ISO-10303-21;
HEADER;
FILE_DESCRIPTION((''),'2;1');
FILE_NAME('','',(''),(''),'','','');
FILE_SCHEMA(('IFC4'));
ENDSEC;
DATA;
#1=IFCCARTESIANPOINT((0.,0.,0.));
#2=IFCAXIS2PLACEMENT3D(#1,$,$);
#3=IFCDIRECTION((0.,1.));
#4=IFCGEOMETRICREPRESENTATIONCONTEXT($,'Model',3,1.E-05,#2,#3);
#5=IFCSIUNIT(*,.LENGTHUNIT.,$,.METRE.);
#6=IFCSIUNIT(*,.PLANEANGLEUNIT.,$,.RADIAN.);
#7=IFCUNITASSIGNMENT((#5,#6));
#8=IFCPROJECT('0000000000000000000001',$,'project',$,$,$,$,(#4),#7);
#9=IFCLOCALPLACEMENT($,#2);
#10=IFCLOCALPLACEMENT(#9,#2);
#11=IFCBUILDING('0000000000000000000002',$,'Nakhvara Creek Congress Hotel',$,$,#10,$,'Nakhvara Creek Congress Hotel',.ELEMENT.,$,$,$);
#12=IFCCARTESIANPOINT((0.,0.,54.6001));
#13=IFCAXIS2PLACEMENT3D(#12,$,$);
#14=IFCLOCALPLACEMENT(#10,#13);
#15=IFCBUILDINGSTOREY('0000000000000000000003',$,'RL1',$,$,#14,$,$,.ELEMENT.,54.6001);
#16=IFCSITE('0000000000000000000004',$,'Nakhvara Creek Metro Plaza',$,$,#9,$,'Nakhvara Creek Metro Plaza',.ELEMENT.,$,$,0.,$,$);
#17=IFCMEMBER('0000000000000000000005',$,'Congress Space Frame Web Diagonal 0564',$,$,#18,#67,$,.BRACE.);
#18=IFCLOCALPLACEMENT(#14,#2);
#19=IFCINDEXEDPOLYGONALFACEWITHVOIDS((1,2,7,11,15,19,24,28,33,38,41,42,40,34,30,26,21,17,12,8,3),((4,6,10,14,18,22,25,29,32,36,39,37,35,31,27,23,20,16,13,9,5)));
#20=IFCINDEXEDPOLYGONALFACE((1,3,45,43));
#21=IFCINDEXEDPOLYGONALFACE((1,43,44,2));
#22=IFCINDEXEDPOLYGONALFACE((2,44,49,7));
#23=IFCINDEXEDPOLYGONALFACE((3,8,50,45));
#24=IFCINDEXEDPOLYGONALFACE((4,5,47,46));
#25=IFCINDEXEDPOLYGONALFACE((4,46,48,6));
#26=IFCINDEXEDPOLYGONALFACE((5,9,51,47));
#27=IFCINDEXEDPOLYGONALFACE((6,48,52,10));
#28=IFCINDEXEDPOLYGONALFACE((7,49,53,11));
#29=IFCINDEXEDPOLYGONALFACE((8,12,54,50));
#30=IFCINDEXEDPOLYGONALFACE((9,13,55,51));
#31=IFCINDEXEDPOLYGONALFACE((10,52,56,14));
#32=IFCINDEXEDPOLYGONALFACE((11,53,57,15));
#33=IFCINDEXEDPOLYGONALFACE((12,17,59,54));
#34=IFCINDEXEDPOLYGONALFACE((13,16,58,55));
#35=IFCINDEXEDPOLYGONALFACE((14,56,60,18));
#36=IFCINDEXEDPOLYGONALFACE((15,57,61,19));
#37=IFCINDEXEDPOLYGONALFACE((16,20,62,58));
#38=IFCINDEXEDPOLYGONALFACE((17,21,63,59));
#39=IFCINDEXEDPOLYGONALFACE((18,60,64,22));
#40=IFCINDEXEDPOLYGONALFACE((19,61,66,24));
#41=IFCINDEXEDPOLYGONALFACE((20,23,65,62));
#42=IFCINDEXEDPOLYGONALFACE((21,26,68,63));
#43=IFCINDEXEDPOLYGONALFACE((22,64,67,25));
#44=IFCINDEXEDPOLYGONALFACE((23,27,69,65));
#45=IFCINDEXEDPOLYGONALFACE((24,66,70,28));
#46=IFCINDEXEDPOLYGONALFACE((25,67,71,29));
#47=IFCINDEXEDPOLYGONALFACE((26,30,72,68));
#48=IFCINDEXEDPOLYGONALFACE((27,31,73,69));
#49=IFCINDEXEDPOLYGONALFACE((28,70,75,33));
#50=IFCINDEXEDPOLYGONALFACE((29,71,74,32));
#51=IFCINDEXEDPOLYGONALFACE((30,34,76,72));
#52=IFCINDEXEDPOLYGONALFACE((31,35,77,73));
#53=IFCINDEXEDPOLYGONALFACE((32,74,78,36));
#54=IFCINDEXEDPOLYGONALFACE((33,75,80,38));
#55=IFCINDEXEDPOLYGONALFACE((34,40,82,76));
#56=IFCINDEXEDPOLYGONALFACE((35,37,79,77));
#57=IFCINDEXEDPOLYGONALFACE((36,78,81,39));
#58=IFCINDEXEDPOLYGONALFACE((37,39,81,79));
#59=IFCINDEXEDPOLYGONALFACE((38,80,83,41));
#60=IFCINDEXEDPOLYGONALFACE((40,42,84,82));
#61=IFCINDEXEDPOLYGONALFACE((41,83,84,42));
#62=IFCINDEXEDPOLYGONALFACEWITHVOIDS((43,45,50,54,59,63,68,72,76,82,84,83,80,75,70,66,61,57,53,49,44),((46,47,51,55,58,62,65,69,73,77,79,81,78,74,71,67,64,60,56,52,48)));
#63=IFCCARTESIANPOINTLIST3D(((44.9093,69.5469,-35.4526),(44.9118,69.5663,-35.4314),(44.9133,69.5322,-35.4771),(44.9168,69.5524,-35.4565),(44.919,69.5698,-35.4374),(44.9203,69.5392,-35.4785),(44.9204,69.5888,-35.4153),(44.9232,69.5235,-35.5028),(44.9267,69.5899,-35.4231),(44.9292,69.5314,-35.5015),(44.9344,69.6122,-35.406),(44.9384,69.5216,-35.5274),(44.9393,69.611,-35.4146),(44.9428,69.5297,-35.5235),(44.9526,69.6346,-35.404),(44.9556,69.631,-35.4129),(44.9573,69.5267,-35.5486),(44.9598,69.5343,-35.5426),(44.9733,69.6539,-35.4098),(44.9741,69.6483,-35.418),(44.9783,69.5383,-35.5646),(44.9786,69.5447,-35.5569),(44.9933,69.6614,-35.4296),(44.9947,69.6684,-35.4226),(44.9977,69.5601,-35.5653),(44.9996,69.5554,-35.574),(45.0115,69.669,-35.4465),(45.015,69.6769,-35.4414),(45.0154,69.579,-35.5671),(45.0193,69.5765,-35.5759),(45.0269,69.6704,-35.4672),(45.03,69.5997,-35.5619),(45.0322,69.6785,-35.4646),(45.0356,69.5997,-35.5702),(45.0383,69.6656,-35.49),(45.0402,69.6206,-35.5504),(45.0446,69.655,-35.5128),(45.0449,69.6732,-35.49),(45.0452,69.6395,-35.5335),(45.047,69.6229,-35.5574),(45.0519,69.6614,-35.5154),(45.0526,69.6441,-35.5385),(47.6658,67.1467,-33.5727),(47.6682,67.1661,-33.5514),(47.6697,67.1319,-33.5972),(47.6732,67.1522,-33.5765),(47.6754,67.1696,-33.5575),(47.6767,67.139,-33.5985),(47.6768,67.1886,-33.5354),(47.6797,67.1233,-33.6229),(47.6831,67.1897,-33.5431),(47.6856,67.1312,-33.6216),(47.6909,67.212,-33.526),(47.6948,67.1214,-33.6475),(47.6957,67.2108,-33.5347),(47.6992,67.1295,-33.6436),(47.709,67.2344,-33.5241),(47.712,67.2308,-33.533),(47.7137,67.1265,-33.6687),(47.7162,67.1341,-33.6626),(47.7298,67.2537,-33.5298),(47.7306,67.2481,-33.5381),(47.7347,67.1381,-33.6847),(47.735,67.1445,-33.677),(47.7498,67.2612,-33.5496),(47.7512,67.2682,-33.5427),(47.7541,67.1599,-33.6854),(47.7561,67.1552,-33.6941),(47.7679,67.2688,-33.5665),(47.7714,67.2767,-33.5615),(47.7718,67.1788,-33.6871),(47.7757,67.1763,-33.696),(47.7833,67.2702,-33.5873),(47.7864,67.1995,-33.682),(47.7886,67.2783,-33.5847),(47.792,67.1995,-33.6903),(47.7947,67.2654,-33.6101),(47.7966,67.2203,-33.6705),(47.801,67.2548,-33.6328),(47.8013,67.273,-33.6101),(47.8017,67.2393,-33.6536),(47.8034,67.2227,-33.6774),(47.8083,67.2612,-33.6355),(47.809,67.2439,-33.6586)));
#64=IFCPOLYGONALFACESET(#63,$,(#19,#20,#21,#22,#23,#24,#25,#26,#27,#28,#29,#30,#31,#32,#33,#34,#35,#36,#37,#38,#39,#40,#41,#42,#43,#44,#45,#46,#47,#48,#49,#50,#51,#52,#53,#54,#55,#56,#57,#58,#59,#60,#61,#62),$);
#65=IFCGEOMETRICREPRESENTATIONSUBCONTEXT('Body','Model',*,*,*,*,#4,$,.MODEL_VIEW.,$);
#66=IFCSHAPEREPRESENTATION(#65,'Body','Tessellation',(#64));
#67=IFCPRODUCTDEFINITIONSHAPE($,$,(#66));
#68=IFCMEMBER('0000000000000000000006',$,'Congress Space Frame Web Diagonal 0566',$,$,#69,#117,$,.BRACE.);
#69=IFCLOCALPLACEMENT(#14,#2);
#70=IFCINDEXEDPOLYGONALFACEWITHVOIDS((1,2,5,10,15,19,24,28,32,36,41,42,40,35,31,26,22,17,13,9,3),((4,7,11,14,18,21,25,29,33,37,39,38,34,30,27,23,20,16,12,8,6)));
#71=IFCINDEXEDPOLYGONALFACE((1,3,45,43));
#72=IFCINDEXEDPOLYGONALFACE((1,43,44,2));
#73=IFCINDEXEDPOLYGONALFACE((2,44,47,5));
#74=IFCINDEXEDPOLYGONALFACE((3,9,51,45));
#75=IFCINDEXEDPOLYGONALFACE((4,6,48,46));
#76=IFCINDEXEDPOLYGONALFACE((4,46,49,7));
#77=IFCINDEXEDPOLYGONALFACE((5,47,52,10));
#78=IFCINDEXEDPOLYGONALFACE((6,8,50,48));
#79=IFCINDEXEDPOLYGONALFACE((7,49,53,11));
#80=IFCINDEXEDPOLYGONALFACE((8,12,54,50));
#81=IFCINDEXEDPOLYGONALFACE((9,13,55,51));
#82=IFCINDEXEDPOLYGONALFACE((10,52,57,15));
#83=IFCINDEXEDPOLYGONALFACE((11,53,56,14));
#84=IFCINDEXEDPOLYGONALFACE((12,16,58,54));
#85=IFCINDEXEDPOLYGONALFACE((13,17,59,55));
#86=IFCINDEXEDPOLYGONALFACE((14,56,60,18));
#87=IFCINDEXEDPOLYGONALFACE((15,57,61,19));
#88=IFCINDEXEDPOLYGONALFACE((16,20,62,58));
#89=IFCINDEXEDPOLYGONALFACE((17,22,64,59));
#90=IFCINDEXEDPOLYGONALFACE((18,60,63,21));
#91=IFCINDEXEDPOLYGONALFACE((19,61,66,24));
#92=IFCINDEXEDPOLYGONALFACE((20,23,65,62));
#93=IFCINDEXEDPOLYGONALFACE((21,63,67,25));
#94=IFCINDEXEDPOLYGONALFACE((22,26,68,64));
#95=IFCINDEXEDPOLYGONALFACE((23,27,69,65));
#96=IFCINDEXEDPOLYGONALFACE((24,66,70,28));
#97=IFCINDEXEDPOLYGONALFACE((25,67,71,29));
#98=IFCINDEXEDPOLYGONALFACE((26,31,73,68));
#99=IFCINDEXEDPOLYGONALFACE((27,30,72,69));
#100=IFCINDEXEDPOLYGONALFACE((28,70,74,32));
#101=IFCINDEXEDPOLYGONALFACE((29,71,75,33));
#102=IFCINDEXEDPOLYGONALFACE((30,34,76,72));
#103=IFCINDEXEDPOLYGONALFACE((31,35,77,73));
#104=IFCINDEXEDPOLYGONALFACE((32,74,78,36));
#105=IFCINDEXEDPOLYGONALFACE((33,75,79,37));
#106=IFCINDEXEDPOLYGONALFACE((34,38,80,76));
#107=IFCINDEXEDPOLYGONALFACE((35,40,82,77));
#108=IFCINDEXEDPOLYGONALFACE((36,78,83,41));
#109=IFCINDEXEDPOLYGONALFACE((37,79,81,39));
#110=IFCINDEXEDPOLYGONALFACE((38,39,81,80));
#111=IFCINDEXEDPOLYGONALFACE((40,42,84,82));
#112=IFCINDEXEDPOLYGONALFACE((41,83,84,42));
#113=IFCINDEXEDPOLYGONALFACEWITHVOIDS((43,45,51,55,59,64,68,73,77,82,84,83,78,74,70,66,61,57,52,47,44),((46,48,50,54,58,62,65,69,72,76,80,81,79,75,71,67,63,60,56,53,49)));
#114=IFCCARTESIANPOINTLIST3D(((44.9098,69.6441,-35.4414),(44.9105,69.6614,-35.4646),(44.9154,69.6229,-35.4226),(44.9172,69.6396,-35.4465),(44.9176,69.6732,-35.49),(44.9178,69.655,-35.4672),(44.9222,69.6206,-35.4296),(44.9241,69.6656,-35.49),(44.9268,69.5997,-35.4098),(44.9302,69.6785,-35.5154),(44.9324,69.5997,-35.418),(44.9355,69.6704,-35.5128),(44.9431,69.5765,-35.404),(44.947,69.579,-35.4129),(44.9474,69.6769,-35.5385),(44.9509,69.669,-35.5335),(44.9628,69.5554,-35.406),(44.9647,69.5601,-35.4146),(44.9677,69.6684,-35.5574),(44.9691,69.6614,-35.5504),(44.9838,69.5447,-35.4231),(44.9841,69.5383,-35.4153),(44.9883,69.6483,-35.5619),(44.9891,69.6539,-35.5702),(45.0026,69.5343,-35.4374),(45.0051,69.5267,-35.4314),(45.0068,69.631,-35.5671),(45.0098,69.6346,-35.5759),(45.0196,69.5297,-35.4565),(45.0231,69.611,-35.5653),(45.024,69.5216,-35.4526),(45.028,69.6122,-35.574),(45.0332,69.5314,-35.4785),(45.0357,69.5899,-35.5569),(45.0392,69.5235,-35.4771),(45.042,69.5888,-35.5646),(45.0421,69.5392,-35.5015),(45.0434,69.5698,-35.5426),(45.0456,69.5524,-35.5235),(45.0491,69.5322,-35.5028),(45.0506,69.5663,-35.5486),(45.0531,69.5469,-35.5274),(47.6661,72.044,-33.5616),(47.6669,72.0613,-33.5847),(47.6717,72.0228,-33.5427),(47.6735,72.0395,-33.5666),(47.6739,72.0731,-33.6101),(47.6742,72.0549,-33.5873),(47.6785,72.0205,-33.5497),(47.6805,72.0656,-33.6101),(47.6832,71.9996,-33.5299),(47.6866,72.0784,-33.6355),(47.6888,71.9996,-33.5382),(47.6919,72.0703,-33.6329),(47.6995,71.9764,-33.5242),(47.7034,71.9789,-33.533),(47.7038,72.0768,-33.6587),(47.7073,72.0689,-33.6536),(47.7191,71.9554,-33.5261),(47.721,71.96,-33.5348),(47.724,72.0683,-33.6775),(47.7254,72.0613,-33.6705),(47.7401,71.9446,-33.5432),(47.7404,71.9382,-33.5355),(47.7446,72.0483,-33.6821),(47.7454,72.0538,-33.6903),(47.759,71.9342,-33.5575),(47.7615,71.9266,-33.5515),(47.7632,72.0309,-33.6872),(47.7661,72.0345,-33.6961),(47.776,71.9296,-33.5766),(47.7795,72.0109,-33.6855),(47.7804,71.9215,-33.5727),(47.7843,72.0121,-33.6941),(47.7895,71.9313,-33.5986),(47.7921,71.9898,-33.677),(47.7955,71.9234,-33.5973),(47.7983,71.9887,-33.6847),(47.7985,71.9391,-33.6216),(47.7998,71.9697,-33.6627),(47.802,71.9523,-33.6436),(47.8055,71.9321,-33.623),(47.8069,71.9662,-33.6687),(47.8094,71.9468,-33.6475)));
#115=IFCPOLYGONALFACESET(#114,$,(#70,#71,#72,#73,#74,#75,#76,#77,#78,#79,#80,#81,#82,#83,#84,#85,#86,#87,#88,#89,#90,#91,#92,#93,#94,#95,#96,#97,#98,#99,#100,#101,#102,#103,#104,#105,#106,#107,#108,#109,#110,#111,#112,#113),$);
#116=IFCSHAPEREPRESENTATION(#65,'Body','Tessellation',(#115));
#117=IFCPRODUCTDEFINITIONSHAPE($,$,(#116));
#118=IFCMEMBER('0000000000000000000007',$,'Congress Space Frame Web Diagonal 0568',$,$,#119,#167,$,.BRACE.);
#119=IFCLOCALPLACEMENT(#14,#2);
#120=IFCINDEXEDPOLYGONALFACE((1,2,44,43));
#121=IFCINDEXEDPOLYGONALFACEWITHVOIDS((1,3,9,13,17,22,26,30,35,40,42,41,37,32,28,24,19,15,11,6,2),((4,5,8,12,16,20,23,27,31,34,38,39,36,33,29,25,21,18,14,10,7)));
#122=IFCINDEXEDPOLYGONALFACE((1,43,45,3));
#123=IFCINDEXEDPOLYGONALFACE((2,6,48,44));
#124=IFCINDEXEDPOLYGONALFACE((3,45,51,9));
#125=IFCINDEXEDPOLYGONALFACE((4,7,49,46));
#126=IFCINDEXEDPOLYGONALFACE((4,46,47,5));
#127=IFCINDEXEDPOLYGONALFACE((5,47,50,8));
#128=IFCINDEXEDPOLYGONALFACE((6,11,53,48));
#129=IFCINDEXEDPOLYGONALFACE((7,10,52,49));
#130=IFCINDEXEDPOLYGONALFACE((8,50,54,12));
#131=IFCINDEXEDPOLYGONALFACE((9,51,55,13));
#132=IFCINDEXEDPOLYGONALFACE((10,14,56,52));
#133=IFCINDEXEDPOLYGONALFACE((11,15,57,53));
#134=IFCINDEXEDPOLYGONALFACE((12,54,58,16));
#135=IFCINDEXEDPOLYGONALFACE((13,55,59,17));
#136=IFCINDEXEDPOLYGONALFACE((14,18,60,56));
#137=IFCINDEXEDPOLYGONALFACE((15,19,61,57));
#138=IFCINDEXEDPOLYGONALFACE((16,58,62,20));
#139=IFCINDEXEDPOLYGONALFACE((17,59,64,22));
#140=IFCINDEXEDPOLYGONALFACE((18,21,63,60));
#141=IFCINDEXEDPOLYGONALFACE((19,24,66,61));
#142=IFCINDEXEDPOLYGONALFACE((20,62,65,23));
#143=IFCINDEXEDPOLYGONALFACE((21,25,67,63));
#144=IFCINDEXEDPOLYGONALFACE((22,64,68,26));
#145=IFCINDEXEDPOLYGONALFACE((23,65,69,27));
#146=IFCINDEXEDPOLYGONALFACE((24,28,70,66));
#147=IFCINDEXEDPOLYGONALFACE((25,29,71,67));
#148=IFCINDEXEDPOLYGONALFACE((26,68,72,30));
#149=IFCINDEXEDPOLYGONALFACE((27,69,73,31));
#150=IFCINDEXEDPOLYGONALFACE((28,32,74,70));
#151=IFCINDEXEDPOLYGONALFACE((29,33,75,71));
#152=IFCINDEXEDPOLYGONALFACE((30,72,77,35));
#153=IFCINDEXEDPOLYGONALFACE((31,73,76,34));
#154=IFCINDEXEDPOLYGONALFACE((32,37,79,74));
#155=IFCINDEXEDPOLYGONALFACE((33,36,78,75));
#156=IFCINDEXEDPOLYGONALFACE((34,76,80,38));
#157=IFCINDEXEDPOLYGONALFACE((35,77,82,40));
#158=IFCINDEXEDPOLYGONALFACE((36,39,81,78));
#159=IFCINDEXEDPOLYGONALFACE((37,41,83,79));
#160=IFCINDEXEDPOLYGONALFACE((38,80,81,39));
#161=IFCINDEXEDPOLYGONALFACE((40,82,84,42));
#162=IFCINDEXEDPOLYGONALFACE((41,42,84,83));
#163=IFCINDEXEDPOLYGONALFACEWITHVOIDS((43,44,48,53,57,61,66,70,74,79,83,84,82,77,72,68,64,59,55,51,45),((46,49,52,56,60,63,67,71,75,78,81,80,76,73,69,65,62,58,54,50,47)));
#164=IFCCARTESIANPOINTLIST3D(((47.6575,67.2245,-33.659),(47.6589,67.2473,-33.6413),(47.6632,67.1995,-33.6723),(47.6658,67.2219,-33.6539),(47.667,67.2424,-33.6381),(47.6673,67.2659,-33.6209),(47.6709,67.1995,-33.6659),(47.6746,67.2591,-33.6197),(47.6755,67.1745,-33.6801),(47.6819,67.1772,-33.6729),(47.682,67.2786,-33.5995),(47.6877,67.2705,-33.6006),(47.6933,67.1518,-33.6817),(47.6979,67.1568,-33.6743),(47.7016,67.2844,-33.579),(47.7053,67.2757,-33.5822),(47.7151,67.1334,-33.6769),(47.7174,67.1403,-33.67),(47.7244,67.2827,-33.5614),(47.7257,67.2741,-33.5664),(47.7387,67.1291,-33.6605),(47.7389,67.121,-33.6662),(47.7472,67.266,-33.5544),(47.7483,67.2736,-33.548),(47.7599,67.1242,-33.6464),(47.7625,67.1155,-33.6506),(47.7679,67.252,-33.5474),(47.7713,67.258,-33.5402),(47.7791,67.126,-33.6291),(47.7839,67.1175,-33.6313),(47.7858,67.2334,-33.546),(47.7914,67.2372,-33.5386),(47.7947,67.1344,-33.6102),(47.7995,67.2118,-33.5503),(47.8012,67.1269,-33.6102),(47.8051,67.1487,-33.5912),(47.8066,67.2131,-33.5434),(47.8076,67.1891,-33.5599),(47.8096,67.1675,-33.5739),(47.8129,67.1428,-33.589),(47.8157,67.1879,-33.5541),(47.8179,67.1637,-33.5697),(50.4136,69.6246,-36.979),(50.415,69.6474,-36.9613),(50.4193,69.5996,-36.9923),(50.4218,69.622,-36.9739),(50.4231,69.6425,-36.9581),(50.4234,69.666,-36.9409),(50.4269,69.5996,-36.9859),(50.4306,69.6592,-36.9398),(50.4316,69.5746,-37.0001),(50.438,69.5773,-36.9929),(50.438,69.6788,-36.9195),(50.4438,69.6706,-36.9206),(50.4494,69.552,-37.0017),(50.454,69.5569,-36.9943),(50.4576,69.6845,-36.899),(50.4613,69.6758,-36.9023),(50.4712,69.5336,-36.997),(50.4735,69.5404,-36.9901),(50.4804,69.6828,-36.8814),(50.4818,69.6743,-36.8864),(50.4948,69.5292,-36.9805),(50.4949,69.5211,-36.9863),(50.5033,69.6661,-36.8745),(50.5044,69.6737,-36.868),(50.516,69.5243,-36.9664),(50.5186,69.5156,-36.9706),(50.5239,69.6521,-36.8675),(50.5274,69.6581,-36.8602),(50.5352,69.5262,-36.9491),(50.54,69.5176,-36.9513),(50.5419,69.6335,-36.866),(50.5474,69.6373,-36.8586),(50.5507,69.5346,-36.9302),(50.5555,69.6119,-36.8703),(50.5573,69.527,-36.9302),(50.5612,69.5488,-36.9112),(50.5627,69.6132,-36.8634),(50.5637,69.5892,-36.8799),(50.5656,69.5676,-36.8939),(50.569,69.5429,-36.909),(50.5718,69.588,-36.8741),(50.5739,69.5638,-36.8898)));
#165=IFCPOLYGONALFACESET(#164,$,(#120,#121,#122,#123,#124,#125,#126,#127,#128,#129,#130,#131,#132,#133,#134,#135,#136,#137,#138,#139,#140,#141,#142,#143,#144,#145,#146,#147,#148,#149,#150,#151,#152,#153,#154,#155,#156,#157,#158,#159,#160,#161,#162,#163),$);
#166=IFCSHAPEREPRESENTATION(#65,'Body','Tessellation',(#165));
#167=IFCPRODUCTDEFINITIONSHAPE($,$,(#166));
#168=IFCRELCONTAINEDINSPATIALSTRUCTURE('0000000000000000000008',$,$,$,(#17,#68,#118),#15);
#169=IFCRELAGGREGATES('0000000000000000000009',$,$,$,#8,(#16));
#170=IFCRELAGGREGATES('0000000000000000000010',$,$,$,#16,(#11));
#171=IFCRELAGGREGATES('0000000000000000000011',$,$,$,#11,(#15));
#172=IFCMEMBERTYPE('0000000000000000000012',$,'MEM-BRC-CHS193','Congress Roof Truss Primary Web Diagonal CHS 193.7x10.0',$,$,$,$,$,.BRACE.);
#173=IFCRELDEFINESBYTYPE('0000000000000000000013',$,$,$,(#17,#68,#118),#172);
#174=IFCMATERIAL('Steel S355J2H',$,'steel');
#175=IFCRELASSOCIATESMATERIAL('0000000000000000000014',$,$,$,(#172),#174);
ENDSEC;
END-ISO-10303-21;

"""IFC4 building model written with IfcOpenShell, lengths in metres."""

from ifc_helpers import new_model, si_unit, direction, frame, origin, origin_2d, place, context, subcontext, project, spatial, hollow_circle, extrude, material, material_profile, profile_set, type_object, element, save


model = new_model("IFC4")

# Units and contexts
model_context = context("Model", 3, precision=1e-05, world=origin(), true_north=direction((0.0, 1.0)))
body_context = subcontext(model_context, "Body", "Model", "MODEL_VIEW")
ifc_project = project(units=[si_unit("LENGTHUNIT", "METRE"), si_unit("PLANEANGLEUNIT", "RADIAN")], contexts=[model_context])

# Site, building, storey
site_placement = place(None, origin())
site = spatial("IfcSite", under=ifc_project, at=site_placement, Name="Nakhvara Creek Metro Plaza", LongName="Nakhvara Creek Metro Plaza", CompositionType="ELEMENT", RefElevation=0.0)
building_placement = place(site_placement, origin())
building = spatial("IfcBuilding", under=site, at=building_placement, Name="Nakhvara Creek Congress Hotel", LongName="Nakhvara Creek Congress Hotel", CompositionType="ELEMENT")
storey_placement = place(building_placement, frame((0.0, 0.0, 54.6001)))
storey = spatial("IfcBuildingStorey", under=building, at=storey_placement, Name="RL1", CompositionType="ELEMENT", Elevation=54.6001)

# Members
ifc_material_1 = material(Name="Steel S355J2H", Category="steel")
ifc_material_profile_1 = material_profile(ifc_material_1, hollow_circle(Radius=0.0969, WallThickness=0.01, at=origin_2d()), Name="CHS 193.7x10.0", Category="LoadBearing")
ifc_profile_set_1 = profile_set([ifc_material_profile_1], Name="Steel S355J2H")
member_type_1 = type_object("IfcMemberType", Name="MEM-BRC-CHS193", Description="Congress Roof Truss Primary Web Diagonal CHS 193.7x10.0", PredefinedType="BRACE", material=ifc_profile_set_1)
member_1_placement = place(storey_placement, frame((44.9812, 69.6001, -35.49), z_axis=(0.670644, -0.583977, 0.457392), x_axis=(0.656696, 0.754155, 0.0)))
element("IfcMember", 1, at=member_1_placement, inside=storey, type_object=member_type_1, Name="Congress Space Frame Web Diagonal 0564", PredefinedType="BRACE", context=body_context, shape_type="SweptSolid", body=[
    extrude(hollow_circle(Radius=0.0969, WallThickness=0.01, at=origin_2d()), origin(), (0.0, 0.0, 1.0), 4.1101),
])
member_2_placement = place(storey_placement, frame((44.9812, 69.6001, -35.49), z_axis=(0.670667, 0.583938, 0.457408), x_axis=(-0.656658, 0.754188, 0.0)))
element("IfcMember", 2, at=member_2_placement, inside=storey, type_object=member_type_1, Name="Congress Space Frame Web Diagonal 0566", PredefinedType="BRACE", context=body_context, shape_type="SweptSolid", body=[
    extrude(hollow_circle(Radius=0.0969, WallThickness=0.01, at=origin_2d()), origin(), (0.0, 0.0, 1.0), 4.1099),
])
for number, where, z_axis, x_axis, name in (
    (3, (50.4937, 69.6001, -36.9302), (-0.55819, -0.486098, 0.672408), (0.656729, -0.754126, 0.0), "Congress Space Frame Web Diagonal 0568"),
):
    element("IfcMember", number, at=place(storey_placement, frame(where, z_axis=z_axis, x_axis=x_axis)), inside=storey, type_object=member_type_1, Name=name, PredefinedType="BRACE", context=body_context, shape_type="SweptSolid", body=[
        extrude(hollow_circle(Radius=0.0969, WallThickness=0.01, at=origin_2d()), origin(), (0.0, 0.0, 1.0), 4.9375),
    ])

save(model, "model.ifc")
